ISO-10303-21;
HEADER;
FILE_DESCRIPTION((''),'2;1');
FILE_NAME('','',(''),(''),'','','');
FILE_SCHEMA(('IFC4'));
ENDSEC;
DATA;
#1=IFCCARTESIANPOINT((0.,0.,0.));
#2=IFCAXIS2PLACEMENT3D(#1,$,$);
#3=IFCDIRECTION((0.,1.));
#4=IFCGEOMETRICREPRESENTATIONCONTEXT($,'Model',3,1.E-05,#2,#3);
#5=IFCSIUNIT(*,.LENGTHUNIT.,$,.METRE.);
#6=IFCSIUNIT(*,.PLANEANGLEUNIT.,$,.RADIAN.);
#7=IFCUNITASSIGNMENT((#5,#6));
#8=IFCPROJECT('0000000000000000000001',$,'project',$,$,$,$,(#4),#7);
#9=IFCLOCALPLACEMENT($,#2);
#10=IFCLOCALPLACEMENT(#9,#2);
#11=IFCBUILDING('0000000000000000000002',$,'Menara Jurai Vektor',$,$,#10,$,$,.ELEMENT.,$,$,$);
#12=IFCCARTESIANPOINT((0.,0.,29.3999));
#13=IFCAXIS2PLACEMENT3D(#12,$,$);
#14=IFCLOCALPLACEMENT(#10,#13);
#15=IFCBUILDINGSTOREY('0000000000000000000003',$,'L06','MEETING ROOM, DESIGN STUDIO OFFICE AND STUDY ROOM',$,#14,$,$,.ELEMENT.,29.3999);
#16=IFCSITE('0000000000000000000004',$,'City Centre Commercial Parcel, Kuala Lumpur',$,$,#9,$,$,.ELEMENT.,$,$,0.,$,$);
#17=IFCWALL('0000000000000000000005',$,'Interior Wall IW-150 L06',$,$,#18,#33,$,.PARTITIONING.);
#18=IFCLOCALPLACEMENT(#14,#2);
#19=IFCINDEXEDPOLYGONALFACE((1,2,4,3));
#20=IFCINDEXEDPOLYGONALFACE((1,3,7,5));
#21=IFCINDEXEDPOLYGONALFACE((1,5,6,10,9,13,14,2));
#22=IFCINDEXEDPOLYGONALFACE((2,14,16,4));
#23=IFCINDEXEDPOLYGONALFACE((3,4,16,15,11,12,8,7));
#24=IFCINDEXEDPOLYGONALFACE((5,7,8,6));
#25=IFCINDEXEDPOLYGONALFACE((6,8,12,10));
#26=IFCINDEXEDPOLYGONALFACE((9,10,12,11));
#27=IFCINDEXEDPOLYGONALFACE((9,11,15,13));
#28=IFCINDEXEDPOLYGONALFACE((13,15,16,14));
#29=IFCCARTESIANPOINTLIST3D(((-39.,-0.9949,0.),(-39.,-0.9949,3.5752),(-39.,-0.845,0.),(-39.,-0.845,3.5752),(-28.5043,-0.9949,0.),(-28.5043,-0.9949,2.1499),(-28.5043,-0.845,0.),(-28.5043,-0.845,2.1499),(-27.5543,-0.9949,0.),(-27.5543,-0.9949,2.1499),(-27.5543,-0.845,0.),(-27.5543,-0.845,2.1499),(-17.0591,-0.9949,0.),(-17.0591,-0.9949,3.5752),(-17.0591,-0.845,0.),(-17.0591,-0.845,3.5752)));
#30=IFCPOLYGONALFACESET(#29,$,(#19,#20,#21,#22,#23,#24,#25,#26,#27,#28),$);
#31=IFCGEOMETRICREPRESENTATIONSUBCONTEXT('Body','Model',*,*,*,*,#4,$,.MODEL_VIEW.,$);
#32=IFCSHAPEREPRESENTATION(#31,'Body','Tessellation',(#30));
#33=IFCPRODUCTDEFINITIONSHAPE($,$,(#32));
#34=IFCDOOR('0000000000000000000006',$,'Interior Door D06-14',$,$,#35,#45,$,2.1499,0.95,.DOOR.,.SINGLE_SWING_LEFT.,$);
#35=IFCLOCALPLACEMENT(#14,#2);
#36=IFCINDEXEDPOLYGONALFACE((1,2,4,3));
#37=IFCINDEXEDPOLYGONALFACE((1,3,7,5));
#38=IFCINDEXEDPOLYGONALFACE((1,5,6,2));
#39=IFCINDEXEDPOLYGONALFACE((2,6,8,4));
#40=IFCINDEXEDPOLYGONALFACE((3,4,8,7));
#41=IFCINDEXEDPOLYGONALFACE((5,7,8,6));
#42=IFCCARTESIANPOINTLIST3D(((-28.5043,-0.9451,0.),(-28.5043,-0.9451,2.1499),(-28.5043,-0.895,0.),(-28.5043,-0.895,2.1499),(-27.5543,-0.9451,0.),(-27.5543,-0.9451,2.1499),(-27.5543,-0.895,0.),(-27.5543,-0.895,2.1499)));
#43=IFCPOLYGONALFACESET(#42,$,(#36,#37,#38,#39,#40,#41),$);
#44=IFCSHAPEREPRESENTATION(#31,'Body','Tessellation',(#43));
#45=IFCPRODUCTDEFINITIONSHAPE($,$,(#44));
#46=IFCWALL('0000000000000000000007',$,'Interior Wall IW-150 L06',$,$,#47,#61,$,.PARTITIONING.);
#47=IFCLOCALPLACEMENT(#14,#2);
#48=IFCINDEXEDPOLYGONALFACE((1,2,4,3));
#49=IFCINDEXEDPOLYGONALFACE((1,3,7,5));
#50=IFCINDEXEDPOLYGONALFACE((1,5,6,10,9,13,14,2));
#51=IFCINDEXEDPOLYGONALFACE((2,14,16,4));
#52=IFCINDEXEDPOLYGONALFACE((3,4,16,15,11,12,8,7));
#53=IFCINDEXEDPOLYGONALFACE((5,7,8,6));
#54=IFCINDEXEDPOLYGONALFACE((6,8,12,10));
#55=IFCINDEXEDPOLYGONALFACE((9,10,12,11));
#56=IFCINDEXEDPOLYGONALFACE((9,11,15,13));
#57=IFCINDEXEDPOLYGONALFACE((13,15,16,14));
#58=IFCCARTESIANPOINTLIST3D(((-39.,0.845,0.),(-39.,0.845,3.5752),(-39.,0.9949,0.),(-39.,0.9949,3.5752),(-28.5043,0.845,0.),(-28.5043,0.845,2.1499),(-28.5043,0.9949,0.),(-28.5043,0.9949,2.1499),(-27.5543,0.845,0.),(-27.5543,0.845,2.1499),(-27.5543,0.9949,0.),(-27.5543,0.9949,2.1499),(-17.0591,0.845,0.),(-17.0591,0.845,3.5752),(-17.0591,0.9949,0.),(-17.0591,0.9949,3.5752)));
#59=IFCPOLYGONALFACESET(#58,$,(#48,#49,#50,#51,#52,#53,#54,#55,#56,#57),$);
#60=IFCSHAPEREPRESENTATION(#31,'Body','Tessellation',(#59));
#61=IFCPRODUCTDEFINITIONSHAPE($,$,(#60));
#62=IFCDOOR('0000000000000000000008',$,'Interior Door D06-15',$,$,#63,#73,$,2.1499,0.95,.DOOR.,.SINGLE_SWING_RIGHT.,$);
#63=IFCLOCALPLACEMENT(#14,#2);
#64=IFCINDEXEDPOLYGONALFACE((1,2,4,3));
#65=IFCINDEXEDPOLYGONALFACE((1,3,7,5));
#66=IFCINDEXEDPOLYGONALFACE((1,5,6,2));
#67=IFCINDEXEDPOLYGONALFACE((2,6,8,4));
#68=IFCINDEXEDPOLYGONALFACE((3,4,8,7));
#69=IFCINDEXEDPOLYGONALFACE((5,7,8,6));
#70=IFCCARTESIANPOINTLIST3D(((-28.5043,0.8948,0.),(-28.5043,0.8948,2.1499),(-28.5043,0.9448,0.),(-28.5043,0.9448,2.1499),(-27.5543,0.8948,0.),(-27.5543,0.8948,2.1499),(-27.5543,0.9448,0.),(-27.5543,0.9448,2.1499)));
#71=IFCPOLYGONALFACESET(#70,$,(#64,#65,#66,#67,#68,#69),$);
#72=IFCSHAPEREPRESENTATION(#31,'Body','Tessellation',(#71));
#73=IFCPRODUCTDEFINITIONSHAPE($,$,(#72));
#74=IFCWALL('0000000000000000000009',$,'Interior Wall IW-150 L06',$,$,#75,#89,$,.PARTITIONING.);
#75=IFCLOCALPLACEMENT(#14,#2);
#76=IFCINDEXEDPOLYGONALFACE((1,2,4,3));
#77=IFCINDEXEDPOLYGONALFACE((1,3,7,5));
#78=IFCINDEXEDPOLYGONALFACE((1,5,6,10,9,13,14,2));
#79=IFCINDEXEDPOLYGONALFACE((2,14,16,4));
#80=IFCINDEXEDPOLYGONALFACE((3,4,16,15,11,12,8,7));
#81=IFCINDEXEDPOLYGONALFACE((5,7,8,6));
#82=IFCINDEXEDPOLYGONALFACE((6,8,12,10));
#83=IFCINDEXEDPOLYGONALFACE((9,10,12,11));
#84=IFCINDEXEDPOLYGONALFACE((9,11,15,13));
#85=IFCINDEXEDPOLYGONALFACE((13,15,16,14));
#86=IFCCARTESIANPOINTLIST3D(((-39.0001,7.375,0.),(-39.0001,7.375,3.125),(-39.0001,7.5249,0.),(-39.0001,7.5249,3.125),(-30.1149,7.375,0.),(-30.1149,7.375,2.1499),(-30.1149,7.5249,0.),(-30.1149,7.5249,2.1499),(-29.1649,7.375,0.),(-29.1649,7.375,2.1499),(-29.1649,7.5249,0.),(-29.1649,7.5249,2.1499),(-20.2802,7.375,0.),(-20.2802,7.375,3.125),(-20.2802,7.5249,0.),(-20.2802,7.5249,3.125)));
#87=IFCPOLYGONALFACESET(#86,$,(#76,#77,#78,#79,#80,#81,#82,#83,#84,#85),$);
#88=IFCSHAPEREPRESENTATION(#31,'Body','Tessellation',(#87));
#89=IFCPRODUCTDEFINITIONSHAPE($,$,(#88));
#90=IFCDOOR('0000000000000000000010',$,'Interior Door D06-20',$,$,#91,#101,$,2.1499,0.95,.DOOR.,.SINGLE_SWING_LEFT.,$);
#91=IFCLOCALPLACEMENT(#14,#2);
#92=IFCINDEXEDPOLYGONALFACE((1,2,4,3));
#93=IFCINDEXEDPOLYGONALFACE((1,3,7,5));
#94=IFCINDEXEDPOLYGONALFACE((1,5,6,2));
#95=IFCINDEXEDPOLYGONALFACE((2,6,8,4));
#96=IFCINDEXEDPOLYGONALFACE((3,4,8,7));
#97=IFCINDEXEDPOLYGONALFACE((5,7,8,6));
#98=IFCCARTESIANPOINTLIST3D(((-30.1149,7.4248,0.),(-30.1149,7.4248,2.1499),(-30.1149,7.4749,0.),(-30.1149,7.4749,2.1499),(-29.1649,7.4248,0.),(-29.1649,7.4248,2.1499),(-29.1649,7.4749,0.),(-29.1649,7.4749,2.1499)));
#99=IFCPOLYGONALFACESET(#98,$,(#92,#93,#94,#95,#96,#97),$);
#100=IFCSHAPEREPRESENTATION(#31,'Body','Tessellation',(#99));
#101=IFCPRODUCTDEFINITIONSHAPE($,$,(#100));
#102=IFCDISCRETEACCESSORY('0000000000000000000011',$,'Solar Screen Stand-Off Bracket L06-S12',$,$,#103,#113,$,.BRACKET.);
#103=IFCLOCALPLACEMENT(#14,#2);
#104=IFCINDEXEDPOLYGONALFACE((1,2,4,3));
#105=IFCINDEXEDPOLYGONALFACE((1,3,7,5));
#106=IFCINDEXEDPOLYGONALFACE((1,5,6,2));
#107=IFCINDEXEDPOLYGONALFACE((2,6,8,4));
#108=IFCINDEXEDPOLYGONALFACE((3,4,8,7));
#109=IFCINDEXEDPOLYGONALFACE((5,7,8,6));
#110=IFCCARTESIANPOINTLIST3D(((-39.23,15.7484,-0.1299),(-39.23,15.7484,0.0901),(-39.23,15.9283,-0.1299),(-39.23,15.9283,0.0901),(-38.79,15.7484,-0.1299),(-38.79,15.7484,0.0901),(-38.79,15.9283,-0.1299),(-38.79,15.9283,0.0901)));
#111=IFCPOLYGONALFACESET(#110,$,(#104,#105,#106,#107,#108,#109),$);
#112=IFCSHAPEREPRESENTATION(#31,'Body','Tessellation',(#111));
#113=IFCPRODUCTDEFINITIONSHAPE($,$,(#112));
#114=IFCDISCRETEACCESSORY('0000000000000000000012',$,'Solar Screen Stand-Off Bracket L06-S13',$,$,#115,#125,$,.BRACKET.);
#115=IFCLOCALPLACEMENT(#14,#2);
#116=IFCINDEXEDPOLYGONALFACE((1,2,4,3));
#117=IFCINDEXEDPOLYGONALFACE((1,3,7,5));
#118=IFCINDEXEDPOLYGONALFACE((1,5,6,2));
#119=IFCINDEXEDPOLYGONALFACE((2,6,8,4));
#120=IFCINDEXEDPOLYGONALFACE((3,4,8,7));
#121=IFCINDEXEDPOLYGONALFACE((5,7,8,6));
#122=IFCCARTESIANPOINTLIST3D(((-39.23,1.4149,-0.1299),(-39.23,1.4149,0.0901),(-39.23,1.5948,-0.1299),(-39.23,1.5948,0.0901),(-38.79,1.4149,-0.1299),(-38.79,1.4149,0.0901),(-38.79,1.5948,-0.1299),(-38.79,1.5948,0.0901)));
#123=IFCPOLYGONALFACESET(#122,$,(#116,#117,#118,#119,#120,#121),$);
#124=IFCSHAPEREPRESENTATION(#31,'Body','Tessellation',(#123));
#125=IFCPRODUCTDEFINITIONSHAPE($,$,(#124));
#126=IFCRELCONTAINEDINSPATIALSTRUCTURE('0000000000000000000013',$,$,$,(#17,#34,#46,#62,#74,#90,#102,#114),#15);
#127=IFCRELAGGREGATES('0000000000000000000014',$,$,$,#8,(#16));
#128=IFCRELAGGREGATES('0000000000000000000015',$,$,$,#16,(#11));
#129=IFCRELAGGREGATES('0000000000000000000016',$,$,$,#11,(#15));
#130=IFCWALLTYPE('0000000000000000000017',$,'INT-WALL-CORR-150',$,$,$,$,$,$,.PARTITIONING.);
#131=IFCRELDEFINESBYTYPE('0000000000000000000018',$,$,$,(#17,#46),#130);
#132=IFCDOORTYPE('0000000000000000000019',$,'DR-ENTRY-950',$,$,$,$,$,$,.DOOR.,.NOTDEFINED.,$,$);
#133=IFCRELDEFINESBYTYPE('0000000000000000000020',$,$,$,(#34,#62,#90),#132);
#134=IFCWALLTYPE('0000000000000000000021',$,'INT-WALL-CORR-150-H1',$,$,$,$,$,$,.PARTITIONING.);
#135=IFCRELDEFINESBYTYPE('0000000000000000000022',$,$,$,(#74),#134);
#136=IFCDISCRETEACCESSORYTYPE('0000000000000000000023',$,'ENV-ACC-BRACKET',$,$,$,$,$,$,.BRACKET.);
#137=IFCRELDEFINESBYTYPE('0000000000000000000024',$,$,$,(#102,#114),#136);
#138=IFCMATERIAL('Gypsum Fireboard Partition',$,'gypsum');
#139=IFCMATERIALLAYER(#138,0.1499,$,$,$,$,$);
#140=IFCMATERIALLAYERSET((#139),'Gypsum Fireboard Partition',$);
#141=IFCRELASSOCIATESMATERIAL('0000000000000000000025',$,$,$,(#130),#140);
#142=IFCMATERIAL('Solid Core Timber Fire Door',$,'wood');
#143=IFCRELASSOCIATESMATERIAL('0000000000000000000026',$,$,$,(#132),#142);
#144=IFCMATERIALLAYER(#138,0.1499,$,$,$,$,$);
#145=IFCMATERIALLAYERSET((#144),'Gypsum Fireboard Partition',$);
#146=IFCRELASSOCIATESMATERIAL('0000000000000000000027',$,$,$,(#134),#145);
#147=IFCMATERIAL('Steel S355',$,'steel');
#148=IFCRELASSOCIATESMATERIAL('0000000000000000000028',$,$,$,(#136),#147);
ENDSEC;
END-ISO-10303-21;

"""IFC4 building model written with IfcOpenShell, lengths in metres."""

from ifc_helpers import new_model, si_unit, direction, frame, frame_2d, origin, origin_2d, place, context, subcontext, project, spatial, rectangle, extrude, material, layer, layer_set, type_object, element, fill, save


model = new_model("IFC4")

# Units and contexts
model_context = context("Model", 3, precision=1e-05, world=origin(), true_north=direction((0.0, 1.0)))
body_context = subcontext(model_context, "Body", "Model", "MODEL_VIEW")
ifc_project = project(units=[si_unit("LENGTHUNIT", "METRE"), si_unit("PLANEANGLEUNIT", "RADIAN")], contexts=[model_context])

# Site, building, storey
site_placement = place(None, origin())
site = spatial("IfcSite", under=ifc_project, at=site_placement, Name="City Centre Commercial Parcel, Kuala Lumpur", CompositionType="ELEMENT", RefElevation=0.0)
building_placement = place(site_placement, origin())
building = spatial("IfcBuilding", under=site, at=building_placement, Name="Menara Jurai Vektor", CompositionType="ELEMENT")
storey_placement = place(building_placement, frame((0.0, 0.0, 29.3999)))
storey = spatial("IfcBuildingStorey", under=building, at=storey_placement, Name="L06", Description="MEETING ROOM, DESIGN STUDIO OFFICE AND STUDY ROOM", CompositionType="ELEMENT", Elevation=29.3999)

# Shared definitions
ifc_material_1 = material(Name="Steel S355", Category="steel")

# Walls, openings, doors
ifc_material_2 = material(Name="Gypsum Fireboard Partition", Category="gypsum")
ifc_layer_1 = layer(ifc_material_2, 0.1499)
ifc_layer_set_1 = layer_set([ifc_layer_1], Name="Gypsum Fireboard Partition")
wall_type_1 = type_object("IfcWallType", Name="INT-WALL-CORR-150", PredefinedType="PARTITIONING", material=ifc_layer_set_1)
wall_1_placement = place(storey_placement, frame((-39.0, -0.9199, 0.0), z_axis=(0.0, 0.0, 1.0), x_axis=(1.0, 0.0, 0.0)))
wall_1 = element("IfcWall", 1, at=wall_1_placement, inside=storey, type_object=wall_type_1, Name="Interior Wall IW-150 L06", PredefinedType="PARTITIONING", context=body_context, shape_type="SweptSolid", body=[
    extrude(rectangle(XDim=21.9409, YDim=0.1499, at=frame_2d((10.9705, 0.0))), origin(), (0.0, 0.0, 1.0), 3.5752),
])
opening_1_placement = place(wall_1_placement, frame((10.4956, 0.0, 0.0)))
opening_1 = element("IfcOpeningElement", 2, at=opening_1_placement, cuts=wall_1, PredefinedType="OPENING", context=body_context, shape_type="SweptSolid", body=[
    extrude(rectangle(XDim=0.95, YDim=2.1499, at=frame_2d((0.4751, 1.075))), frame((0.0, 0.085, 0.0), z_axis=(0.0, -1.0, 0.0), x_axis=(1.0, 0.0, 0.0)), (0.0, 0.0, 1.0), 0.1699),
])
ifc_material_3 = material(Name="Solid Core Timber Fire Door", Category="wood")
door_type = type_object("IfcDoorType", Name="DR-ENTRY-950", OperationType="NOTDEFINED", PredefinedType="DOOR", material=ifc_material_3)
door_1_placement = place(opening_1_placement, origin())
door_1 = element("IfcDoor", 3, at=door_1_placement, inside=storey, type_object=door_type, Name="Interior Door D06-14", OperationType="SINGLE_SWING_LEFT", OverallHeight=2.1499, OverallWidth=0.95, PredefinedType="DOOR", context=body_context, shape_type="SweptSolid", body=[
    extrude(rectangle(XDim=0.95, YDim=2.1499, at=frame_2d((0.4751, 1.075))), frame((0.0, 0.0249, 0.0), z_axis=(0.0, -1.0, 0.0), x_axis=(1.0, 0.0, 0.0)), (0.0, 0.0, 1.0), 0.05),
])
fill(opening_1, door_1)
wall_2_placement = place(storey_placement, frame((-39.0, 0.9199, 0.0), z_axis=(0.0, 0.0, 1.0), x_axis=(1.0, 0.0, 0.0)))
wall_2 = element("IfcWall", 4, at=wall_2_placement, inside=storey, type_object=wall_type_1, Name="Interior Wall IW-150 L06", PredefinedType="PARTITIONING", context=body_context, shape_type="SweptSolid", body=[
    extrude(rectangle(XDim=21.9409, YDim=0.1499, at=frame_2d((10.9705, 0.0))), origin(), (0.0, 0.0, 1.0), 3.5752),
])
opening_2_placement = place(wall_2_placement, frame((10.4956, 0.0, 0.0)))
opening_2 = element("IfcOpeningElement", 5, at=opening_2_placement, cuts=wall_2, PredefinedType="OPENING", context=body_context, shape_type="SweptSolid", body=[
    extrude(rectangle(XDim=0.95, YDim=2.1499, at=frame_2d((0.4751, 1.075))), frame((0.0, 0.085, 0.0), z_axis=(0.0, -1.0, 0.0), x_axis=(1.0, 0.0, 0.0)), (0.0, 0.0, 1.0), 0.1699),
])
door_2_placement = place(opening_2_placement, origin())
door_2 = element("IfcDoor", 6, at=door_2_placement, inside=storey, type_object=door_type, Name="Interior Door D06-15", OperationType="SINGLE_SWING_RIGHT", OverallHeight=2.1499, OverallWidth=0.95, PredefinedType="DOOR", context=body_context, shape_type="SweptSolid", body=[
    extrude(rectangle(XDim=0.95, YDim=2.1499, at=frame_2d((0.4751, 1.075))), frame((0.0, 0.0249, 0.0), z_axis=(0.0, -1.0, 0.0), x_axis=(1.0, 0.0, 0.0)), (0.0, 0.0, 1.0), 0.05),
])
fill(opening_2, door_2)
ifc_layer_2 = layer(ifc_material_2, 0.1499)
ifc_layer_set_2 = layer_set([ifc_layer_2], Name="Gypsum Fireboard Partition")
wall_type_2 = type_object("IfcWallType", Name="INT-WALL-CORR-150-H1", PredefinedType="PARTITIONING", material=ifc_layer_set_2)
wall_3_placement = place(storey_placement, frame((-39.0, 7.45, 0.0), z_axis=(0.0, 0.0, 1.0), x_axis=(1.0, 0.0, 0.0)))
wall_3 = element("IfcWall", 7, at=wall_3_placement, inside=storey, type_object=wall_type_2, Name="Interior Wall IW-150 L06", PredefinedType="PARTITIONING", context=body_context, shape_type="SweptSolid", body=[
    extrude(rectangle(XDim=18.72, YDim=0.1499, at=frame_2d((9.3599, 0.0))), origin(), (0.0, 0.0, 1.0), 3.125),
])
opening_3_placement = place(wall_3_placement, frame((8.885, 0.0, 0.0)))
opening_3 = element("IfcOpeningElement", 8, at=opening_3_placement, cuts=wall_3, PredefinedType="OPENING", context=body_context, shape_type="SweptSolid", body=[
    extrude(rectangle(XDim=0.95, YDim=2.1499, at=frame_2d((0.4751, 1.075))), frame((0.0, 0.085, 0.0), z_axis=(0.0, -1.0, 0.0), x_axis=(1.0, 0.0, 0.0)), (0.0, 0.0, 1.0), 0.1699),
])
door_3_placement = place(opening_3_placement, origin())
door_3 = element("IfcDoor", 9, at=door_3_placement, inside=storey, type_object=door_type, Name="Interior Door D06-20", OperationType="SINGLE_SWING_LEFT", OverallHeight=2.1499, OverallWidth=0.95, PredefinedType="DOOR", context=body_context, shape_type="SweptSolid", body=[
    extrude(rectangle(XDim=0.95, YDim=2.1499, at=frame_2d((0.4751, 1.075))), frame((0.0, 0.0249, 0.0), z_axis=(0.0, -1.0, 0.0), x_axis=(1.0, 0.0, 0.0)), (0.0, 0.0, 1.0), 0.05),
])
fill(opening_3, door_3)

# Discrete accessories
discrete_accessory_type = type_object("IfcDiscreteAccessoryType", Name="ENV-ACC-BRACKET", PredefinedType="BRACKET", material=ifc_material_1)
for number, where, z_axis, x_axis, name in (
    (10, (-39.01, 15.8384, -0.1299), (0.0, 0.0, 1.0), (0.0, -1.0, 0.0), "Solar Screen Stand-Off Bracket L06-S12"),
    (11, (-39.01, 1.5049, -0.1299), (0.0, 0.0, 1.0), (0.0, -1.0, 0.0), "Solar Screen Stand-Off Bracket L06-S13"),
):
    element("IfcDiscreteAccessory", number, at=place(storey_placement, frame(where, z_axis=z_axis, x_axis=x_axis)), inside=storey, type_object=discrete_accessory_type, Name=name, PredefinedType="BRACKET", context=body_context, shape_type="SweptSolid", body=[
        extrude(rectangle(XDim=0.1799, YDim=0.4399, at=origin_2d()), origin(), (0.0, 0.0, 1.0), 0.22),
    ])

save(model, "model.ifc")
